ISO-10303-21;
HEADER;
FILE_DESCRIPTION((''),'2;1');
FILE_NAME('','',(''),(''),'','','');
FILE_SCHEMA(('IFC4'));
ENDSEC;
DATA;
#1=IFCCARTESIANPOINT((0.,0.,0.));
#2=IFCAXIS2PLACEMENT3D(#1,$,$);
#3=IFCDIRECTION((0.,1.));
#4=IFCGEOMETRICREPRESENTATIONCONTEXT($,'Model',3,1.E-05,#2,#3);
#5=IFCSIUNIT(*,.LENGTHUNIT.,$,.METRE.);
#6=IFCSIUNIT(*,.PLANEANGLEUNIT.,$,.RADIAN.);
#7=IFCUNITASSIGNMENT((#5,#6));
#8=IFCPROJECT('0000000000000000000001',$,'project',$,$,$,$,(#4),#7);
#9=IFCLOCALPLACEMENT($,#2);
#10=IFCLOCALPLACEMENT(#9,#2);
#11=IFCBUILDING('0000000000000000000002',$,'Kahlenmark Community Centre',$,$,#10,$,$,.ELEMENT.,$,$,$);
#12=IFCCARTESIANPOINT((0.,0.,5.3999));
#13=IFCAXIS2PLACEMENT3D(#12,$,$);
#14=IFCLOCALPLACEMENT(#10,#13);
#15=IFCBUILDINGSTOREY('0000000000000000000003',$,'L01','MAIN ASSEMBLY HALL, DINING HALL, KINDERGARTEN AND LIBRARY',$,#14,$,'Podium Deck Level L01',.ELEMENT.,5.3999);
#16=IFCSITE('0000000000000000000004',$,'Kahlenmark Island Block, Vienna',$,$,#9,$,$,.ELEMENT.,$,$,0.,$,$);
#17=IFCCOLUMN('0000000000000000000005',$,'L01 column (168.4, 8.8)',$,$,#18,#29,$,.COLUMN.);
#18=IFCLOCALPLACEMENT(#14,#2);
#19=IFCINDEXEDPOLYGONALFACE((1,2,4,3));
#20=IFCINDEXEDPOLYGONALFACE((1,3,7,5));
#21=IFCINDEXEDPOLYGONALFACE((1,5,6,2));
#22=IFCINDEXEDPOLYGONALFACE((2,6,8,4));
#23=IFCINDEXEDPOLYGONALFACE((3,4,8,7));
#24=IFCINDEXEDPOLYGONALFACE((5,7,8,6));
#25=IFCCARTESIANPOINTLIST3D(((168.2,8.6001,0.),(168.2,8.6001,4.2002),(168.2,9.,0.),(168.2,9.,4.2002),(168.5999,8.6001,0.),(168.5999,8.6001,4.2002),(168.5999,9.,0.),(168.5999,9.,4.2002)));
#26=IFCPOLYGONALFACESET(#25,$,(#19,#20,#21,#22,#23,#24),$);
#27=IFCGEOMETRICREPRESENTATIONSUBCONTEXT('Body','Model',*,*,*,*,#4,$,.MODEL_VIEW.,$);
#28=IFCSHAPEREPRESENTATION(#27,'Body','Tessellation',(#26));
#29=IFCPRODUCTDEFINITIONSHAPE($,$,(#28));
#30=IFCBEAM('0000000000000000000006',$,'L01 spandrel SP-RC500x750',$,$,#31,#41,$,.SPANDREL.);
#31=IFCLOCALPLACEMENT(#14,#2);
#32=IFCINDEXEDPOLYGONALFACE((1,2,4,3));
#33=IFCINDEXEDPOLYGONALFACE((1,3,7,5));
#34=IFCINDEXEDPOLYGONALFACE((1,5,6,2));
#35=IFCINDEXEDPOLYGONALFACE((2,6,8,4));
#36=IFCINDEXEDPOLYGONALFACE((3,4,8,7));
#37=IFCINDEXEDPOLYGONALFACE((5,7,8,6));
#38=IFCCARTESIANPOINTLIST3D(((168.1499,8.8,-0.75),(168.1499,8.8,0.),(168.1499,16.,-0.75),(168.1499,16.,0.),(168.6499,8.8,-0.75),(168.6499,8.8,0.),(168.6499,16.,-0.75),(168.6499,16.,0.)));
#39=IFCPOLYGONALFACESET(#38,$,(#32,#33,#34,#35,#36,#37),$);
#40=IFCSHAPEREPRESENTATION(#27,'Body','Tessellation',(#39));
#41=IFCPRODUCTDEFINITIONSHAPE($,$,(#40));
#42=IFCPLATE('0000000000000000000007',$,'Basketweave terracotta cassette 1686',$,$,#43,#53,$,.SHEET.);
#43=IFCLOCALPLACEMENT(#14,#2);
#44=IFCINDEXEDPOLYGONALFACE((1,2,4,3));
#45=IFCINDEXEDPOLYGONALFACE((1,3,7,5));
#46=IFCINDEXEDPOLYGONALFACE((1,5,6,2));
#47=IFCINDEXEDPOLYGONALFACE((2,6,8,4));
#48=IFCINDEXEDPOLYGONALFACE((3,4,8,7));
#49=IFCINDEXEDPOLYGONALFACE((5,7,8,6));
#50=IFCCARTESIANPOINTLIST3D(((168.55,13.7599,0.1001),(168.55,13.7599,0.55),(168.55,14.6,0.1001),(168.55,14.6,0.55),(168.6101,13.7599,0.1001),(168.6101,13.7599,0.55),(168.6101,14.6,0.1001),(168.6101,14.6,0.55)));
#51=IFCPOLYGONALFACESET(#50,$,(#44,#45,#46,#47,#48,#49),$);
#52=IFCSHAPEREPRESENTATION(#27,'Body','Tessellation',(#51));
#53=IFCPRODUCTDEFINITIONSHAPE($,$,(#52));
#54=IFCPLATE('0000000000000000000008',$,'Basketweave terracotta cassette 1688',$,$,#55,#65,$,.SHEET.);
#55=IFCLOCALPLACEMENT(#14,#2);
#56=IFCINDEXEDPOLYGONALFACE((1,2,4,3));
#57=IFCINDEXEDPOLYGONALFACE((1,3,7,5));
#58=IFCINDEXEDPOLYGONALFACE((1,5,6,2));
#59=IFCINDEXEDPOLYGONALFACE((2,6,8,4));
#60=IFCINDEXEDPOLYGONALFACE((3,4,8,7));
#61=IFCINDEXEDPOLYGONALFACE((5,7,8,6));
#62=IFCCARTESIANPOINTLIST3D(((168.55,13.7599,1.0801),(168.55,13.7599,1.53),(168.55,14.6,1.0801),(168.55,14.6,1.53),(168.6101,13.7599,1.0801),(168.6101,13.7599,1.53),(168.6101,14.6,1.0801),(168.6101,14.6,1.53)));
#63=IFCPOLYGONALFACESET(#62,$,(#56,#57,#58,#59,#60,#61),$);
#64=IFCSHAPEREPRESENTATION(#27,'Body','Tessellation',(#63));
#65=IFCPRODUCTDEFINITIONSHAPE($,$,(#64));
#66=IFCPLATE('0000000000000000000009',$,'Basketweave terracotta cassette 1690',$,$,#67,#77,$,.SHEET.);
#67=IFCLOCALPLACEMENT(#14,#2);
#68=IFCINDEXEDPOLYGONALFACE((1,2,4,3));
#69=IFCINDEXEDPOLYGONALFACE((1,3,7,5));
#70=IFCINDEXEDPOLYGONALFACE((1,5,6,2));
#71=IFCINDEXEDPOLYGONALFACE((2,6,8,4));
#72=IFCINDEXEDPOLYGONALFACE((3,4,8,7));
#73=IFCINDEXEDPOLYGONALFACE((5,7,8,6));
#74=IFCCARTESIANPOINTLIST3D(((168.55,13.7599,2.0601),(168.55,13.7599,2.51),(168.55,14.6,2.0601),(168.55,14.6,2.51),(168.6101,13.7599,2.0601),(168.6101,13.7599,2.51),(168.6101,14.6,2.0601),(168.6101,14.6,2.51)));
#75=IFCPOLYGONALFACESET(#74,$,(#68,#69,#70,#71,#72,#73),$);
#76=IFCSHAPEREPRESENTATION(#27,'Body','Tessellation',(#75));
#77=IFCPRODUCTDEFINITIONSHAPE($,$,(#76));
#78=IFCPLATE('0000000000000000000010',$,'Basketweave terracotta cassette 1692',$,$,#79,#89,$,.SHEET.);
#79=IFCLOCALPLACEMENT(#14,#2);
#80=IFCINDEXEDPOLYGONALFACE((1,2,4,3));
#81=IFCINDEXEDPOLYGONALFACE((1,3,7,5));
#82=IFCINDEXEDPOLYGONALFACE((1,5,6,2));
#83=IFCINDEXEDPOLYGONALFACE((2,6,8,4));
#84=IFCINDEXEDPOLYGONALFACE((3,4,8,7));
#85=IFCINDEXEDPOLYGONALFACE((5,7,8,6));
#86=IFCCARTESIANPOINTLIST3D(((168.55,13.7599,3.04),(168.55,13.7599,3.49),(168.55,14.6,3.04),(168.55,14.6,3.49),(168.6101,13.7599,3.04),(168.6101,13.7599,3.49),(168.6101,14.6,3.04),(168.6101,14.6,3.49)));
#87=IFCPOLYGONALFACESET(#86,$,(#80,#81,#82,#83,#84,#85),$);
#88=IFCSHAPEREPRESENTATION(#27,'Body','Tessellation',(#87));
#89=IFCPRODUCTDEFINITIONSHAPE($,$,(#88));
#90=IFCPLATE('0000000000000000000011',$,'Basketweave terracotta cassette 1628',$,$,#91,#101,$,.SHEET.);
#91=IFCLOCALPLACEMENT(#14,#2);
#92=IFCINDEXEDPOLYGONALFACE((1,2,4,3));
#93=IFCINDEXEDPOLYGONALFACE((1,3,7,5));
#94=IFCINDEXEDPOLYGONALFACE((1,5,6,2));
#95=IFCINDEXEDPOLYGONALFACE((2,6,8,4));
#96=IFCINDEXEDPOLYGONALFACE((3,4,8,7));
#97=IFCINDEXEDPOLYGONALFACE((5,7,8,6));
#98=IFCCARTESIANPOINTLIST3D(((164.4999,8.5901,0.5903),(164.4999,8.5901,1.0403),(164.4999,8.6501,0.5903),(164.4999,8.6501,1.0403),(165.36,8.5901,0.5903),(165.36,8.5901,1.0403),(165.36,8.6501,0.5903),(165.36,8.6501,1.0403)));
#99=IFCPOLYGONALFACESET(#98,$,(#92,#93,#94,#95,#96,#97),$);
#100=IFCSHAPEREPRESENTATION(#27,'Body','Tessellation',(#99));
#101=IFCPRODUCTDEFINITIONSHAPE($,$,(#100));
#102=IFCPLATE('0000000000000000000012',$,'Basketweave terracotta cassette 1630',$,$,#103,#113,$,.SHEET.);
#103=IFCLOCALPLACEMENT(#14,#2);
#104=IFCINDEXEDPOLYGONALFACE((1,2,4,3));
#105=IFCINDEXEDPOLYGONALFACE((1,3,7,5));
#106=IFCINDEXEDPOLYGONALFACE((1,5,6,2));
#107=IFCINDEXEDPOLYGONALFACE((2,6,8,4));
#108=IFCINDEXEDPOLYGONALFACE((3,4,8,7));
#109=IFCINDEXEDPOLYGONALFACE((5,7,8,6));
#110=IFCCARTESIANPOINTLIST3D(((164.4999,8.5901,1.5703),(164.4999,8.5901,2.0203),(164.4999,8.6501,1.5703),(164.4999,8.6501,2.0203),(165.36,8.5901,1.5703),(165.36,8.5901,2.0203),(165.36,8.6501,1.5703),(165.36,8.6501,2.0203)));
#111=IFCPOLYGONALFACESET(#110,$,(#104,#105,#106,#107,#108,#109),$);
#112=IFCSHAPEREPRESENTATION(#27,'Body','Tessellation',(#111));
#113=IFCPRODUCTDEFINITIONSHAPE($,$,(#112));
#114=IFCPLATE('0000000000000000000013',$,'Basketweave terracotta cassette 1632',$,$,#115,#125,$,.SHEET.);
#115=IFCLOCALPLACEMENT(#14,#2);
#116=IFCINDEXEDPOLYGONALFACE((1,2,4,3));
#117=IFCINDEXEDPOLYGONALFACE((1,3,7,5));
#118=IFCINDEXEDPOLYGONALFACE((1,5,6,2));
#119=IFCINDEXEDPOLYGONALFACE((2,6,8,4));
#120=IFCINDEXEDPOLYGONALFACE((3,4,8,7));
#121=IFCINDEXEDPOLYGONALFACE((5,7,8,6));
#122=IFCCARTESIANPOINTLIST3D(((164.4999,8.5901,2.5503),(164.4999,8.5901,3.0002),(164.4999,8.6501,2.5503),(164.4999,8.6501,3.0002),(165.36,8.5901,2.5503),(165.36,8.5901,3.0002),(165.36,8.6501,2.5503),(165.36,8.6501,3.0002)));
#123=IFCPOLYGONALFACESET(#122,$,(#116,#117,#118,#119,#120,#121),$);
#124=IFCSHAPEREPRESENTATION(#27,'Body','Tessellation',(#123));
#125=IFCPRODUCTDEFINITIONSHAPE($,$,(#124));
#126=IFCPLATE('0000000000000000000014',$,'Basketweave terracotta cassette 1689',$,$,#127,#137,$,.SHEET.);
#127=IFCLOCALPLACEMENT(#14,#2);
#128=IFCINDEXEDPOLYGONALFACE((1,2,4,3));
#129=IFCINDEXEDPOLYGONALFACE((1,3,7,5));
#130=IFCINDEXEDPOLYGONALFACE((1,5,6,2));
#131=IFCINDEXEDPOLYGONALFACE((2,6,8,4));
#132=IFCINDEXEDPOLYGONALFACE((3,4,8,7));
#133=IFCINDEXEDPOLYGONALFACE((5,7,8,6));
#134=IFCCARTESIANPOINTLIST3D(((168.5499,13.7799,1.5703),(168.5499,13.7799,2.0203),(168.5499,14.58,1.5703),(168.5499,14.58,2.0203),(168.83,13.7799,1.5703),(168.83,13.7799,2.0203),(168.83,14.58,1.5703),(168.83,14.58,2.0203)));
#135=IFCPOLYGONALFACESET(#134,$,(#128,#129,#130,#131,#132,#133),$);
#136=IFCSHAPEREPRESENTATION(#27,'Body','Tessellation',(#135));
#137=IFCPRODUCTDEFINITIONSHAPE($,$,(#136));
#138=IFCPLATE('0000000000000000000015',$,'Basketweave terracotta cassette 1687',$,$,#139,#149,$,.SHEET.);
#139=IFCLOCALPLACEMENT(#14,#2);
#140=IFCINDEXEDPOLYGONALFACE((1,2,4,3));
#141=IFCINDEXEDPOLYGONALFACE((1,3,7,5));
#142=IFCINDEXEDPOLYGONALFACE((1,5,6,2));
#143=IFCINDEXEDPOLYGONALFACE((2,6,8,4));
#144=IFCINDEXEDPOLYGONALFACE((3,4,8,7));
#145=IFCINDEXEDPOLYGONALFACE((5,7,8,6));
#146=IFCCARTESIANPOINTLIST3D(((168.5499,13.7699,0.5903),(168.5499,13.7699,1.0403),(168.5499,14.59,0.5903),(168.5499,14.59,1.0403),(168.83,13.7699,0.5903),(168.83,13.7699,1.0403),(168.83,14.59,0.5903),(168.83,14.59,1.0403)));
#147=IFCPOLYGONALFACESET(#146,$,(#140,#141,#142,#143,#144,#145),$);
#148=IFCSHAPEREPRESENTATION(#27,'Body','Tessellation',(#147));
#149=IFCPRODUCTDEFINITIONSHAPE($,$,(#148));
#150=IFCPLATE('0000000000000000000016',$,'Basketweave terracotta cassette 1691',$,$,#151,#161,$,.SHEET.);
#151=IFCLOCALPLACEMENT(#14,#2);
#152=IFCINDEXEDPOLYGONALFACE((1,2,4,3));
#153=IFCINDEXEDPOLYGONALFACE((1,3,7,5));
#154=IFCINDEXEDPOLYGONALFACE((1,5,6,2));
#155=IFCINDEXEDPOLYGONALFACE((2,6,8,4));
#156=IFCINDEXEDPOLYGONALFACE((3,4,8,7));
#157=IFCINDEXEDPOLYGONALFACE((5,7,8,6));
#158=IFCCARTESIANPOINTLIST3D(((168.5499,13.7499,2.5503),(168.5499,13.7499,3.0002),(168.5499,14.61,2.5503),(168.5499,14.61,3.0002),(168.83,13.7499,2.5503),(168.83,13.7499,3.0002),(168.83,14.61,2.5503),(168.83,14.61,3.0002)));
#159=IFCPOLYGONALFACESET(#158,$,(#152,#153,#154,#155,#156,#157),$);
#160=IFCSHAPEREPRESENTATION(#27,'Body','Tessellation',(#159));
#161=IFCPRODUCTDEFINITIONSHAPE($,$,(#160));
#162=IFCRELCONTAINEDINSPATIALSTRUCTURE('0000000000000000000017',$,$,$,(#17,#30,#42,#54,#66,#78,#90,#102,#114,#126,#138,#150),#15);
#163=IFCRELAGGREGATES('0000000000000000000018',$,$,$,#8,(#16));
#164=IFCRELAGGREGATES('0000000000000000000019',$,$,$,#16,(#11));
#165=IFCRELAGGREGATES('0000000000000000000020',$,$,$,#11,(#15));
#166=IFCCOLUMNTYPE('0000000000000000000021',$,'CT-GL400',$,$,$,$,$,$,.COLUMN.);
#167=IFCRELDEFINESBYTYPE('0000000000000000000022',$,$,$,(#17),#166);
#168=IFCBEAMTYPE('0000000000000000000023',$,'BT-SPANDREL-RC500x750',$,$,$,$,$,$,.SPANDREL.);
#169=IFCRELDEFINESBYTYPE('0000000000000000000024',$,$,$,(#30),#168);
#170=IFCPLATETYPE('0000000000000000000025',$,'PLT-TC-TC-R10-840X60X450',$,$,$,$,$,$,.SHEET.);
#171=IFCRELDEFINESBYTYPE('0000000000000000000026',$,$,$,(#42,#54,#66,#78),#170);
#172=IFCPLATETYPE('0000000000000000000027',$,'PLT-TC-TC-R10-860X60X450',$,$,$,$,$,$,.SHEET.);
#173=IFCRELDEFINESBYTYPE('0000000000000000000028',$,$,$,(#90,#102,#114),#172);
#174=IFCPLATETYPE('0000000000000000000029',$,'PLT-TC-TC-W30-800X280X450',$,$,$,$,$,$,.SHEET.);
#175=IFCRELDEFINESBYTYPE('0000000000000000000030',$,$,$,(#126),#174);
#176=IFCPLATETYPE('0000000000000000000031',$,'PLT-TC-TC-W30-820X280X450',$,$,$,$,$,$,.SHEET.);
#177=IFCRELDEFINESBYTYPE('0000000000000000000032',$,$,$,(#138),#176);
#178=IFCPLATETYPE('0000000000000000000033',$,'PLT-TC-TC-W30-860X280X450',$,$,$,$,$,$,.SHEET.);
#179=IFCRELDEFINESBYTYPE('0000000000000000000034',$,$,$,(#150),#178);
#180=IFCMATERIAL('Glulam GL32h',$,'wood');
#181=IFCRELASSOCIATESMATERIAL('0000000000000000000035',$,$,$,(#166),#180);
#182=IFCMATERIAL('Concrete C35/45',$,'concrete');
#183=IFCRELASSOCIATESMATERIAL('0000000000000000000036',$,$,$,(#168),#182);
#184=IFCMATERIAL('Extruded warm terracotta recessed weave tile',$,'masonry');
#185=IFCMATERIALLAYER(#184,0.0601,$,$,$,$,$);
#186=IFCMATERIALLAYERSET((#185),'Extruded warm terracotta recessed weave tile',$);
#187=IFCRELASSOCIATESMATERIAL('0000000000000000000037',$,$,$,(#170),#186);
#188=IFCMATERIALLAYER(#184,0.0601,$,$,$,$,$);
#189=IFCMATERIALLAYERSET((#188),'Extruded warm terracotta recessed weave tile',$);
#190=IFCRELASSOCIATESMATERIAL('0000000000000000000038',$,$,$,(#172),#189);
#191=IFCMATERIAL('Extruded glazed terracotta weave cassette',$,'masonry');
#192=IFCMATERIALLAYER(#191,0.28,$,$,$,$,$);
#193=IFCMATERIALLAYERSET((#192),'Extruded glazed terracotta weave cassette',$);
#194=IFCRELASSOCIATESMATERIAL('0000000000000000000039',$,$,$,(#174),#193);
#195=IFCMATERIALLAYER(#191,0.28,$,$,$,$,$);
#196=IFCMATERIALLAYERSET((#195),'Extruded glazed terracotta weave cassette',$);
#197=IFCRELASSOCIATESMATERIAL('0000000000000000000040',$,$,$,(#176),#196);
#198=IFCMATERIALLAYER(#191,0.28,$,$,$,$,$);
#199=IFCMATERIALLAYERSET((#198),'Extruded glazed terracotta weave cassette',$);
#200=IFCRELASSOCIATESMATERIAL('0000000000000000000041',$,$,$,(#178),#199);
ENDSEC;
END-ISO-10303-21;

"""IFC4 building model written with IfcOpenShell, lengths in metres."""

from ifc_helpers import new_model, si_unit, direction, frame, origin, origin_2d, place, context, subcontext, project, spatial, rectangle, extrude, material, layer, layer_set, material_profile, profile_set, type_object, element, save


model = new_model("IFC4")

# Units and contexts
model_context = context("Model", 3, precision=1e-05, world=origin(), true_north=direction((0.0, 1.0)))
body_context = subcontext(model_context, "Body", "Model", "MODEL_VIEW")
ifc_project = project(units=[si_unit("LENGTHUNIT", "METRE"), si_unit("PLANEANGLEUNIT", "RADIAN")], contexts=[model_context])

# Site, building, storey
site_placement = place(None, origin())
site = spatial("IfcSite", under=ifc_project, at=site_placement, Name="Kahlenmark Island Block, Vienna", CompositionType="ELEMENT", RefElevation=0.0)
building_placement = place(site_placement, origin())
building = spatial("IfcBuilding", under=site, at=building_placement, Name="Kahlenmark Community Centre", CompositionType="ELEMENT")
storey_placement = place(building_placement, frame((0.0, 0.0, 5.3999)))
storey = spatial("IfcBuildingStorey", under=building, at=storey_placement, Name="L01", Description="MAIN ASSEMBLY HALL, DINING HALL, KINDERGARTEN AND LIBRARY", LongName="Podium Deck Level L01", CompositionType="ELEMENT", Elevation=5.3999)

# Column
ifc_material_1 = material(Name="Glulam GL32h", Category="wood")
ifc_material_profile_1 = material_profile(ifc_material_1, rectangle(XDim=0.3999, YDim=0.3999, at=origin_2d()), Name="GL32h 400x400")
ifc_profile_set_1 = profile_set([ifc_material_profile_1], Name="Glulam GL32h")
column_type = type_object("IfcColumnType", Name="CT-GL400", PredefinedType="COLUMN", material=ifc_profile_set_1)
column_placement = place(storey_placement, frame((168.3999, 8.8, 0.0), z_axis=(0.0, 0.0, 1.0), x_axis=(1.0, 0.0, 0.0)))
element("IfcColumn", 1, at=column_placement, inside=storey, type_object=column_type, Name="L01 column (168.4, 8.8)", PredefinedType="COLUMN", context=body_context, shape_type="SweptSolid", body=[
    extrude(rectangle(XDim=0.3999, YDim=0.3999, at=origin_2d()), origin(), (0.0, 0.0, 1.0), 4.2002),
])

# Beam
ifc_material_2 = material(Name="Concrete C35/45", Category="concrete")
ifc_material_profile_2 = material_profile(ifc_material_2, rectangle(XDim=0.5, YDim=0.75, at=origin_2d()), Name="RC 500x750")
ifc_profile_set_2 = profile_set([ifc_material_profile_2], Name="Concrete C35/45")
beam_type = type_object("IfcBeamType", Name="BT-SPANDREL-RC500x750", PredefinedType="SPANDREL", material=ifc_profile_set_2)
beam_placement = place(storey_placement, frame((168.3999, 8.8, -0.375), z_axis=(0.0, 1.0, 0.0), x_axis=(-1.0, 0.0, 0.0)))
element("IfcBeam", 2, at=beam_placement, inside=storey, type_object=beam_type, Name="L01 spandrel SP-RC500x750", PredefinedType="SPANDREL", context=body_context, shape_type="SweptSolid", body=[
    extrude(rectangle(XDim=0.5, YDim=0.75, at=origin_2d()), origin(), (0.0, 0.0, 1.0), 7.2),
])

# Plates
ifc_material_3 = material(Name="Extruded warm terracotta recessed weave tile", Category="masonry")
ifc_layer_1 = layer(ifc_material_3, 0.0601)
ifc_layer_set_1 = layer_set([ifc_layer_1], Name="Extruded warm terracotta recessed weave tile")
plate_type_1 = type_object("IfcPlateType", Name="PLT-TC-TC-R10-840X60X450", PredefinedType="SHEET", material=ifc_layer_set_1)
for number, where, z_axis, x_axis, name in (
    (3, (168.5801, 14.1799, 0.1001), (0.0, 0.0, 1.0), (0.0, 1.0, 0.0), "Basketweave terracotta cassette 1686"),
    (4, (168.5801, 14.1799, 1.0801), (0.0, 0.0, 1.0), (0.0, 1.0, 0.0), "Basketweave terracotta cassette 1688"),
    (5, (168.5801, 14.1799, 2.0601), (0.0, 0.0, 1.0), (0.0, 1.0, 0.0), "Basketweave terracotta cassette 1690"),
    (6, (168.5801, 14.1799, 3.04), (0.0, 0.0, 1.0), (0.0, 1.0, 0.0), "Basketweave terracotta cassette 1692"),
):
    element("IfcPlate", number, at=place(storey_placement, frame(where, z_axis=z_axis, x_axis=x_axis)), inside=storey, type_object=plate_type_1, Name=name, PredefinedType="SHEET", context=body_context, shape_type="SweptSolid", body=[
        extrude(rectangle(XDim=0.8401, YDim=0.0601, at=origin_2d()), origin(), (0.0, 0.0, 1.0), 0.45),
    ])
ifc_layer_2 = layer(ifc_material_3, 0.0601)
ifc_layer_set_2 = layer_set([ifc_layer_2], Name="Extruded warm terracotta recessed weave tile")
plate_type_2 = type_object("IfcPlateType", Name="PLT-TC-TC-R10-860X60X450", PredefinedType="SHEET", material=ifc_layer_set_2)
for number, where, z_axis, x_axis, name in (
    (7, (164.9299, 8.6201, 0.5903), (0.0, 0.0, 1.0), (1.0, 0.0, 0.0), "Basketweave terracotta cassette 1628"),
    (8, (164.9299, 8.6201, 1.5703), (0.0, 0.0, 1.0), (1.0, 0.0, 0.0), "Basketweave terracotta cassette 1630"),
    (9, (164.9299, 8.6201, 2.5503), (0.0, 0.0, 1.0), (1.0, 0.0, 0.0), "Basketweave terracotta cassette 1632"),
):
    element("IfcPlate", number, at=place(storey_placement, frame(where, z_axis=z_axis, x_axis=x_axis)), inside=storey, type_object=plate_type_2, Name=name, PredefinedType="SHEET", context=body_context, shape_type="SweptSolid", body=[
        extrude(rectangle(XDim=0.8601, YDim=0.0601, at=origin_2d()), origin(), (0.0, 0.0, 1.0), 0.45),
    ])
ifc_material_4 = material(Name="Extruded glazed terracotta weave cassette", Category="masonry")
ifc_layer_3 = layer(ifc_material_4, 0.28)
ifc_layer_set_3 = layer_set([ifc_layer_3], Name="Extruded glazed terracotta weave cassette")
plate_type_3 = type_object("IfcPlateType", Name="PLT-TC-TC-W30-800X280X450", PredefinedType="SHEET", material=ifc_layer_set_3)
plate_1_placement = place(storey_placement, frame((168.6899, 14.1799, 1.5703), z_axis=(0.0, 0.0, 1.0), x_axis=(0.0, 1.0, 0.0)))
element("IfcPlate", 10, at=plate_1_placement, inside=storey, type_object=plate_type_3, Name="Basketweave terracotta cassette 1689", PredefinedType="SHEET", context=body_context, shape_type="SweptSolid", body=[
    extrude(rectangle(XDim=0.8, YDim=0.28, at=origin_2d()), origin(), (0.0, 0.0, 1.0), 0.45),
])
ifc_layer_4 = layer(ifc_material_4, 0.28)
ifc_layer_set_4 = layer_set([ifc_layer_4], Name="Extruded glazed terracotta weave cassette")
plate_type_4 = type_object("IfcPlateType", Name="PLT-TC-TC-W30-820X280X450", PredefinedType="SHEET", material=ifc_layer_set_4)
plate_2_placement = place(storey_placement, frame((168.6899, 14.1799, 0.5903), z_axis=(0.0, 0.0, 1.0), x_axis=(0.0, 1.0, 0.0)))
element("IfcPlate", 11, at=plate_2_placement, inside=storey, type_object=plate_type_4, Name="Basketweave terracotta cassette 1687", PredefinedType="SHEET", context=body_context, shape_type="SweptSolid", body=[
    extrude(rectangle(XDim=0.8201, YDim=0.28, at=origin_2d()), origin(), (0.0, 0.0, 1.0), 0.45),
])
ifc_layer_5 = layer(ifc_material_4, 0.28)
ifc_layer_set_5 = layer_set([ifc_layer_5], Name="Extruded glazed terracotta weave cassette")
plate_type_5 = type_object("IfcPlateType", Name="PLT-TC-TC-W30-860X280X450", PredefinedType="SHEET", material=ifc_layer_set_5)
plate_3_placement = place(storey_placement, frame((168.6899, 14.1799, 2.5503), z_axis=(0.0, 0.0, 1.0), x_axis=(0.0, 1.0, 0.0)))
element("IfcPlate", 12, at=plate_3_placement, inside=storey, type_object=plate_type_5, Name="Basketweave terracotta cassette 1691", PredefinedType="SHEET", context=body_context, shape_type="SweptSolid", body=[
    extrude(rectangle(XDim=0.8601, YDim=0.28, at=origin_2d()), origin(), (0.0, 0.0, 1.0), 0.45),
])

save(model, "model.ifc")
